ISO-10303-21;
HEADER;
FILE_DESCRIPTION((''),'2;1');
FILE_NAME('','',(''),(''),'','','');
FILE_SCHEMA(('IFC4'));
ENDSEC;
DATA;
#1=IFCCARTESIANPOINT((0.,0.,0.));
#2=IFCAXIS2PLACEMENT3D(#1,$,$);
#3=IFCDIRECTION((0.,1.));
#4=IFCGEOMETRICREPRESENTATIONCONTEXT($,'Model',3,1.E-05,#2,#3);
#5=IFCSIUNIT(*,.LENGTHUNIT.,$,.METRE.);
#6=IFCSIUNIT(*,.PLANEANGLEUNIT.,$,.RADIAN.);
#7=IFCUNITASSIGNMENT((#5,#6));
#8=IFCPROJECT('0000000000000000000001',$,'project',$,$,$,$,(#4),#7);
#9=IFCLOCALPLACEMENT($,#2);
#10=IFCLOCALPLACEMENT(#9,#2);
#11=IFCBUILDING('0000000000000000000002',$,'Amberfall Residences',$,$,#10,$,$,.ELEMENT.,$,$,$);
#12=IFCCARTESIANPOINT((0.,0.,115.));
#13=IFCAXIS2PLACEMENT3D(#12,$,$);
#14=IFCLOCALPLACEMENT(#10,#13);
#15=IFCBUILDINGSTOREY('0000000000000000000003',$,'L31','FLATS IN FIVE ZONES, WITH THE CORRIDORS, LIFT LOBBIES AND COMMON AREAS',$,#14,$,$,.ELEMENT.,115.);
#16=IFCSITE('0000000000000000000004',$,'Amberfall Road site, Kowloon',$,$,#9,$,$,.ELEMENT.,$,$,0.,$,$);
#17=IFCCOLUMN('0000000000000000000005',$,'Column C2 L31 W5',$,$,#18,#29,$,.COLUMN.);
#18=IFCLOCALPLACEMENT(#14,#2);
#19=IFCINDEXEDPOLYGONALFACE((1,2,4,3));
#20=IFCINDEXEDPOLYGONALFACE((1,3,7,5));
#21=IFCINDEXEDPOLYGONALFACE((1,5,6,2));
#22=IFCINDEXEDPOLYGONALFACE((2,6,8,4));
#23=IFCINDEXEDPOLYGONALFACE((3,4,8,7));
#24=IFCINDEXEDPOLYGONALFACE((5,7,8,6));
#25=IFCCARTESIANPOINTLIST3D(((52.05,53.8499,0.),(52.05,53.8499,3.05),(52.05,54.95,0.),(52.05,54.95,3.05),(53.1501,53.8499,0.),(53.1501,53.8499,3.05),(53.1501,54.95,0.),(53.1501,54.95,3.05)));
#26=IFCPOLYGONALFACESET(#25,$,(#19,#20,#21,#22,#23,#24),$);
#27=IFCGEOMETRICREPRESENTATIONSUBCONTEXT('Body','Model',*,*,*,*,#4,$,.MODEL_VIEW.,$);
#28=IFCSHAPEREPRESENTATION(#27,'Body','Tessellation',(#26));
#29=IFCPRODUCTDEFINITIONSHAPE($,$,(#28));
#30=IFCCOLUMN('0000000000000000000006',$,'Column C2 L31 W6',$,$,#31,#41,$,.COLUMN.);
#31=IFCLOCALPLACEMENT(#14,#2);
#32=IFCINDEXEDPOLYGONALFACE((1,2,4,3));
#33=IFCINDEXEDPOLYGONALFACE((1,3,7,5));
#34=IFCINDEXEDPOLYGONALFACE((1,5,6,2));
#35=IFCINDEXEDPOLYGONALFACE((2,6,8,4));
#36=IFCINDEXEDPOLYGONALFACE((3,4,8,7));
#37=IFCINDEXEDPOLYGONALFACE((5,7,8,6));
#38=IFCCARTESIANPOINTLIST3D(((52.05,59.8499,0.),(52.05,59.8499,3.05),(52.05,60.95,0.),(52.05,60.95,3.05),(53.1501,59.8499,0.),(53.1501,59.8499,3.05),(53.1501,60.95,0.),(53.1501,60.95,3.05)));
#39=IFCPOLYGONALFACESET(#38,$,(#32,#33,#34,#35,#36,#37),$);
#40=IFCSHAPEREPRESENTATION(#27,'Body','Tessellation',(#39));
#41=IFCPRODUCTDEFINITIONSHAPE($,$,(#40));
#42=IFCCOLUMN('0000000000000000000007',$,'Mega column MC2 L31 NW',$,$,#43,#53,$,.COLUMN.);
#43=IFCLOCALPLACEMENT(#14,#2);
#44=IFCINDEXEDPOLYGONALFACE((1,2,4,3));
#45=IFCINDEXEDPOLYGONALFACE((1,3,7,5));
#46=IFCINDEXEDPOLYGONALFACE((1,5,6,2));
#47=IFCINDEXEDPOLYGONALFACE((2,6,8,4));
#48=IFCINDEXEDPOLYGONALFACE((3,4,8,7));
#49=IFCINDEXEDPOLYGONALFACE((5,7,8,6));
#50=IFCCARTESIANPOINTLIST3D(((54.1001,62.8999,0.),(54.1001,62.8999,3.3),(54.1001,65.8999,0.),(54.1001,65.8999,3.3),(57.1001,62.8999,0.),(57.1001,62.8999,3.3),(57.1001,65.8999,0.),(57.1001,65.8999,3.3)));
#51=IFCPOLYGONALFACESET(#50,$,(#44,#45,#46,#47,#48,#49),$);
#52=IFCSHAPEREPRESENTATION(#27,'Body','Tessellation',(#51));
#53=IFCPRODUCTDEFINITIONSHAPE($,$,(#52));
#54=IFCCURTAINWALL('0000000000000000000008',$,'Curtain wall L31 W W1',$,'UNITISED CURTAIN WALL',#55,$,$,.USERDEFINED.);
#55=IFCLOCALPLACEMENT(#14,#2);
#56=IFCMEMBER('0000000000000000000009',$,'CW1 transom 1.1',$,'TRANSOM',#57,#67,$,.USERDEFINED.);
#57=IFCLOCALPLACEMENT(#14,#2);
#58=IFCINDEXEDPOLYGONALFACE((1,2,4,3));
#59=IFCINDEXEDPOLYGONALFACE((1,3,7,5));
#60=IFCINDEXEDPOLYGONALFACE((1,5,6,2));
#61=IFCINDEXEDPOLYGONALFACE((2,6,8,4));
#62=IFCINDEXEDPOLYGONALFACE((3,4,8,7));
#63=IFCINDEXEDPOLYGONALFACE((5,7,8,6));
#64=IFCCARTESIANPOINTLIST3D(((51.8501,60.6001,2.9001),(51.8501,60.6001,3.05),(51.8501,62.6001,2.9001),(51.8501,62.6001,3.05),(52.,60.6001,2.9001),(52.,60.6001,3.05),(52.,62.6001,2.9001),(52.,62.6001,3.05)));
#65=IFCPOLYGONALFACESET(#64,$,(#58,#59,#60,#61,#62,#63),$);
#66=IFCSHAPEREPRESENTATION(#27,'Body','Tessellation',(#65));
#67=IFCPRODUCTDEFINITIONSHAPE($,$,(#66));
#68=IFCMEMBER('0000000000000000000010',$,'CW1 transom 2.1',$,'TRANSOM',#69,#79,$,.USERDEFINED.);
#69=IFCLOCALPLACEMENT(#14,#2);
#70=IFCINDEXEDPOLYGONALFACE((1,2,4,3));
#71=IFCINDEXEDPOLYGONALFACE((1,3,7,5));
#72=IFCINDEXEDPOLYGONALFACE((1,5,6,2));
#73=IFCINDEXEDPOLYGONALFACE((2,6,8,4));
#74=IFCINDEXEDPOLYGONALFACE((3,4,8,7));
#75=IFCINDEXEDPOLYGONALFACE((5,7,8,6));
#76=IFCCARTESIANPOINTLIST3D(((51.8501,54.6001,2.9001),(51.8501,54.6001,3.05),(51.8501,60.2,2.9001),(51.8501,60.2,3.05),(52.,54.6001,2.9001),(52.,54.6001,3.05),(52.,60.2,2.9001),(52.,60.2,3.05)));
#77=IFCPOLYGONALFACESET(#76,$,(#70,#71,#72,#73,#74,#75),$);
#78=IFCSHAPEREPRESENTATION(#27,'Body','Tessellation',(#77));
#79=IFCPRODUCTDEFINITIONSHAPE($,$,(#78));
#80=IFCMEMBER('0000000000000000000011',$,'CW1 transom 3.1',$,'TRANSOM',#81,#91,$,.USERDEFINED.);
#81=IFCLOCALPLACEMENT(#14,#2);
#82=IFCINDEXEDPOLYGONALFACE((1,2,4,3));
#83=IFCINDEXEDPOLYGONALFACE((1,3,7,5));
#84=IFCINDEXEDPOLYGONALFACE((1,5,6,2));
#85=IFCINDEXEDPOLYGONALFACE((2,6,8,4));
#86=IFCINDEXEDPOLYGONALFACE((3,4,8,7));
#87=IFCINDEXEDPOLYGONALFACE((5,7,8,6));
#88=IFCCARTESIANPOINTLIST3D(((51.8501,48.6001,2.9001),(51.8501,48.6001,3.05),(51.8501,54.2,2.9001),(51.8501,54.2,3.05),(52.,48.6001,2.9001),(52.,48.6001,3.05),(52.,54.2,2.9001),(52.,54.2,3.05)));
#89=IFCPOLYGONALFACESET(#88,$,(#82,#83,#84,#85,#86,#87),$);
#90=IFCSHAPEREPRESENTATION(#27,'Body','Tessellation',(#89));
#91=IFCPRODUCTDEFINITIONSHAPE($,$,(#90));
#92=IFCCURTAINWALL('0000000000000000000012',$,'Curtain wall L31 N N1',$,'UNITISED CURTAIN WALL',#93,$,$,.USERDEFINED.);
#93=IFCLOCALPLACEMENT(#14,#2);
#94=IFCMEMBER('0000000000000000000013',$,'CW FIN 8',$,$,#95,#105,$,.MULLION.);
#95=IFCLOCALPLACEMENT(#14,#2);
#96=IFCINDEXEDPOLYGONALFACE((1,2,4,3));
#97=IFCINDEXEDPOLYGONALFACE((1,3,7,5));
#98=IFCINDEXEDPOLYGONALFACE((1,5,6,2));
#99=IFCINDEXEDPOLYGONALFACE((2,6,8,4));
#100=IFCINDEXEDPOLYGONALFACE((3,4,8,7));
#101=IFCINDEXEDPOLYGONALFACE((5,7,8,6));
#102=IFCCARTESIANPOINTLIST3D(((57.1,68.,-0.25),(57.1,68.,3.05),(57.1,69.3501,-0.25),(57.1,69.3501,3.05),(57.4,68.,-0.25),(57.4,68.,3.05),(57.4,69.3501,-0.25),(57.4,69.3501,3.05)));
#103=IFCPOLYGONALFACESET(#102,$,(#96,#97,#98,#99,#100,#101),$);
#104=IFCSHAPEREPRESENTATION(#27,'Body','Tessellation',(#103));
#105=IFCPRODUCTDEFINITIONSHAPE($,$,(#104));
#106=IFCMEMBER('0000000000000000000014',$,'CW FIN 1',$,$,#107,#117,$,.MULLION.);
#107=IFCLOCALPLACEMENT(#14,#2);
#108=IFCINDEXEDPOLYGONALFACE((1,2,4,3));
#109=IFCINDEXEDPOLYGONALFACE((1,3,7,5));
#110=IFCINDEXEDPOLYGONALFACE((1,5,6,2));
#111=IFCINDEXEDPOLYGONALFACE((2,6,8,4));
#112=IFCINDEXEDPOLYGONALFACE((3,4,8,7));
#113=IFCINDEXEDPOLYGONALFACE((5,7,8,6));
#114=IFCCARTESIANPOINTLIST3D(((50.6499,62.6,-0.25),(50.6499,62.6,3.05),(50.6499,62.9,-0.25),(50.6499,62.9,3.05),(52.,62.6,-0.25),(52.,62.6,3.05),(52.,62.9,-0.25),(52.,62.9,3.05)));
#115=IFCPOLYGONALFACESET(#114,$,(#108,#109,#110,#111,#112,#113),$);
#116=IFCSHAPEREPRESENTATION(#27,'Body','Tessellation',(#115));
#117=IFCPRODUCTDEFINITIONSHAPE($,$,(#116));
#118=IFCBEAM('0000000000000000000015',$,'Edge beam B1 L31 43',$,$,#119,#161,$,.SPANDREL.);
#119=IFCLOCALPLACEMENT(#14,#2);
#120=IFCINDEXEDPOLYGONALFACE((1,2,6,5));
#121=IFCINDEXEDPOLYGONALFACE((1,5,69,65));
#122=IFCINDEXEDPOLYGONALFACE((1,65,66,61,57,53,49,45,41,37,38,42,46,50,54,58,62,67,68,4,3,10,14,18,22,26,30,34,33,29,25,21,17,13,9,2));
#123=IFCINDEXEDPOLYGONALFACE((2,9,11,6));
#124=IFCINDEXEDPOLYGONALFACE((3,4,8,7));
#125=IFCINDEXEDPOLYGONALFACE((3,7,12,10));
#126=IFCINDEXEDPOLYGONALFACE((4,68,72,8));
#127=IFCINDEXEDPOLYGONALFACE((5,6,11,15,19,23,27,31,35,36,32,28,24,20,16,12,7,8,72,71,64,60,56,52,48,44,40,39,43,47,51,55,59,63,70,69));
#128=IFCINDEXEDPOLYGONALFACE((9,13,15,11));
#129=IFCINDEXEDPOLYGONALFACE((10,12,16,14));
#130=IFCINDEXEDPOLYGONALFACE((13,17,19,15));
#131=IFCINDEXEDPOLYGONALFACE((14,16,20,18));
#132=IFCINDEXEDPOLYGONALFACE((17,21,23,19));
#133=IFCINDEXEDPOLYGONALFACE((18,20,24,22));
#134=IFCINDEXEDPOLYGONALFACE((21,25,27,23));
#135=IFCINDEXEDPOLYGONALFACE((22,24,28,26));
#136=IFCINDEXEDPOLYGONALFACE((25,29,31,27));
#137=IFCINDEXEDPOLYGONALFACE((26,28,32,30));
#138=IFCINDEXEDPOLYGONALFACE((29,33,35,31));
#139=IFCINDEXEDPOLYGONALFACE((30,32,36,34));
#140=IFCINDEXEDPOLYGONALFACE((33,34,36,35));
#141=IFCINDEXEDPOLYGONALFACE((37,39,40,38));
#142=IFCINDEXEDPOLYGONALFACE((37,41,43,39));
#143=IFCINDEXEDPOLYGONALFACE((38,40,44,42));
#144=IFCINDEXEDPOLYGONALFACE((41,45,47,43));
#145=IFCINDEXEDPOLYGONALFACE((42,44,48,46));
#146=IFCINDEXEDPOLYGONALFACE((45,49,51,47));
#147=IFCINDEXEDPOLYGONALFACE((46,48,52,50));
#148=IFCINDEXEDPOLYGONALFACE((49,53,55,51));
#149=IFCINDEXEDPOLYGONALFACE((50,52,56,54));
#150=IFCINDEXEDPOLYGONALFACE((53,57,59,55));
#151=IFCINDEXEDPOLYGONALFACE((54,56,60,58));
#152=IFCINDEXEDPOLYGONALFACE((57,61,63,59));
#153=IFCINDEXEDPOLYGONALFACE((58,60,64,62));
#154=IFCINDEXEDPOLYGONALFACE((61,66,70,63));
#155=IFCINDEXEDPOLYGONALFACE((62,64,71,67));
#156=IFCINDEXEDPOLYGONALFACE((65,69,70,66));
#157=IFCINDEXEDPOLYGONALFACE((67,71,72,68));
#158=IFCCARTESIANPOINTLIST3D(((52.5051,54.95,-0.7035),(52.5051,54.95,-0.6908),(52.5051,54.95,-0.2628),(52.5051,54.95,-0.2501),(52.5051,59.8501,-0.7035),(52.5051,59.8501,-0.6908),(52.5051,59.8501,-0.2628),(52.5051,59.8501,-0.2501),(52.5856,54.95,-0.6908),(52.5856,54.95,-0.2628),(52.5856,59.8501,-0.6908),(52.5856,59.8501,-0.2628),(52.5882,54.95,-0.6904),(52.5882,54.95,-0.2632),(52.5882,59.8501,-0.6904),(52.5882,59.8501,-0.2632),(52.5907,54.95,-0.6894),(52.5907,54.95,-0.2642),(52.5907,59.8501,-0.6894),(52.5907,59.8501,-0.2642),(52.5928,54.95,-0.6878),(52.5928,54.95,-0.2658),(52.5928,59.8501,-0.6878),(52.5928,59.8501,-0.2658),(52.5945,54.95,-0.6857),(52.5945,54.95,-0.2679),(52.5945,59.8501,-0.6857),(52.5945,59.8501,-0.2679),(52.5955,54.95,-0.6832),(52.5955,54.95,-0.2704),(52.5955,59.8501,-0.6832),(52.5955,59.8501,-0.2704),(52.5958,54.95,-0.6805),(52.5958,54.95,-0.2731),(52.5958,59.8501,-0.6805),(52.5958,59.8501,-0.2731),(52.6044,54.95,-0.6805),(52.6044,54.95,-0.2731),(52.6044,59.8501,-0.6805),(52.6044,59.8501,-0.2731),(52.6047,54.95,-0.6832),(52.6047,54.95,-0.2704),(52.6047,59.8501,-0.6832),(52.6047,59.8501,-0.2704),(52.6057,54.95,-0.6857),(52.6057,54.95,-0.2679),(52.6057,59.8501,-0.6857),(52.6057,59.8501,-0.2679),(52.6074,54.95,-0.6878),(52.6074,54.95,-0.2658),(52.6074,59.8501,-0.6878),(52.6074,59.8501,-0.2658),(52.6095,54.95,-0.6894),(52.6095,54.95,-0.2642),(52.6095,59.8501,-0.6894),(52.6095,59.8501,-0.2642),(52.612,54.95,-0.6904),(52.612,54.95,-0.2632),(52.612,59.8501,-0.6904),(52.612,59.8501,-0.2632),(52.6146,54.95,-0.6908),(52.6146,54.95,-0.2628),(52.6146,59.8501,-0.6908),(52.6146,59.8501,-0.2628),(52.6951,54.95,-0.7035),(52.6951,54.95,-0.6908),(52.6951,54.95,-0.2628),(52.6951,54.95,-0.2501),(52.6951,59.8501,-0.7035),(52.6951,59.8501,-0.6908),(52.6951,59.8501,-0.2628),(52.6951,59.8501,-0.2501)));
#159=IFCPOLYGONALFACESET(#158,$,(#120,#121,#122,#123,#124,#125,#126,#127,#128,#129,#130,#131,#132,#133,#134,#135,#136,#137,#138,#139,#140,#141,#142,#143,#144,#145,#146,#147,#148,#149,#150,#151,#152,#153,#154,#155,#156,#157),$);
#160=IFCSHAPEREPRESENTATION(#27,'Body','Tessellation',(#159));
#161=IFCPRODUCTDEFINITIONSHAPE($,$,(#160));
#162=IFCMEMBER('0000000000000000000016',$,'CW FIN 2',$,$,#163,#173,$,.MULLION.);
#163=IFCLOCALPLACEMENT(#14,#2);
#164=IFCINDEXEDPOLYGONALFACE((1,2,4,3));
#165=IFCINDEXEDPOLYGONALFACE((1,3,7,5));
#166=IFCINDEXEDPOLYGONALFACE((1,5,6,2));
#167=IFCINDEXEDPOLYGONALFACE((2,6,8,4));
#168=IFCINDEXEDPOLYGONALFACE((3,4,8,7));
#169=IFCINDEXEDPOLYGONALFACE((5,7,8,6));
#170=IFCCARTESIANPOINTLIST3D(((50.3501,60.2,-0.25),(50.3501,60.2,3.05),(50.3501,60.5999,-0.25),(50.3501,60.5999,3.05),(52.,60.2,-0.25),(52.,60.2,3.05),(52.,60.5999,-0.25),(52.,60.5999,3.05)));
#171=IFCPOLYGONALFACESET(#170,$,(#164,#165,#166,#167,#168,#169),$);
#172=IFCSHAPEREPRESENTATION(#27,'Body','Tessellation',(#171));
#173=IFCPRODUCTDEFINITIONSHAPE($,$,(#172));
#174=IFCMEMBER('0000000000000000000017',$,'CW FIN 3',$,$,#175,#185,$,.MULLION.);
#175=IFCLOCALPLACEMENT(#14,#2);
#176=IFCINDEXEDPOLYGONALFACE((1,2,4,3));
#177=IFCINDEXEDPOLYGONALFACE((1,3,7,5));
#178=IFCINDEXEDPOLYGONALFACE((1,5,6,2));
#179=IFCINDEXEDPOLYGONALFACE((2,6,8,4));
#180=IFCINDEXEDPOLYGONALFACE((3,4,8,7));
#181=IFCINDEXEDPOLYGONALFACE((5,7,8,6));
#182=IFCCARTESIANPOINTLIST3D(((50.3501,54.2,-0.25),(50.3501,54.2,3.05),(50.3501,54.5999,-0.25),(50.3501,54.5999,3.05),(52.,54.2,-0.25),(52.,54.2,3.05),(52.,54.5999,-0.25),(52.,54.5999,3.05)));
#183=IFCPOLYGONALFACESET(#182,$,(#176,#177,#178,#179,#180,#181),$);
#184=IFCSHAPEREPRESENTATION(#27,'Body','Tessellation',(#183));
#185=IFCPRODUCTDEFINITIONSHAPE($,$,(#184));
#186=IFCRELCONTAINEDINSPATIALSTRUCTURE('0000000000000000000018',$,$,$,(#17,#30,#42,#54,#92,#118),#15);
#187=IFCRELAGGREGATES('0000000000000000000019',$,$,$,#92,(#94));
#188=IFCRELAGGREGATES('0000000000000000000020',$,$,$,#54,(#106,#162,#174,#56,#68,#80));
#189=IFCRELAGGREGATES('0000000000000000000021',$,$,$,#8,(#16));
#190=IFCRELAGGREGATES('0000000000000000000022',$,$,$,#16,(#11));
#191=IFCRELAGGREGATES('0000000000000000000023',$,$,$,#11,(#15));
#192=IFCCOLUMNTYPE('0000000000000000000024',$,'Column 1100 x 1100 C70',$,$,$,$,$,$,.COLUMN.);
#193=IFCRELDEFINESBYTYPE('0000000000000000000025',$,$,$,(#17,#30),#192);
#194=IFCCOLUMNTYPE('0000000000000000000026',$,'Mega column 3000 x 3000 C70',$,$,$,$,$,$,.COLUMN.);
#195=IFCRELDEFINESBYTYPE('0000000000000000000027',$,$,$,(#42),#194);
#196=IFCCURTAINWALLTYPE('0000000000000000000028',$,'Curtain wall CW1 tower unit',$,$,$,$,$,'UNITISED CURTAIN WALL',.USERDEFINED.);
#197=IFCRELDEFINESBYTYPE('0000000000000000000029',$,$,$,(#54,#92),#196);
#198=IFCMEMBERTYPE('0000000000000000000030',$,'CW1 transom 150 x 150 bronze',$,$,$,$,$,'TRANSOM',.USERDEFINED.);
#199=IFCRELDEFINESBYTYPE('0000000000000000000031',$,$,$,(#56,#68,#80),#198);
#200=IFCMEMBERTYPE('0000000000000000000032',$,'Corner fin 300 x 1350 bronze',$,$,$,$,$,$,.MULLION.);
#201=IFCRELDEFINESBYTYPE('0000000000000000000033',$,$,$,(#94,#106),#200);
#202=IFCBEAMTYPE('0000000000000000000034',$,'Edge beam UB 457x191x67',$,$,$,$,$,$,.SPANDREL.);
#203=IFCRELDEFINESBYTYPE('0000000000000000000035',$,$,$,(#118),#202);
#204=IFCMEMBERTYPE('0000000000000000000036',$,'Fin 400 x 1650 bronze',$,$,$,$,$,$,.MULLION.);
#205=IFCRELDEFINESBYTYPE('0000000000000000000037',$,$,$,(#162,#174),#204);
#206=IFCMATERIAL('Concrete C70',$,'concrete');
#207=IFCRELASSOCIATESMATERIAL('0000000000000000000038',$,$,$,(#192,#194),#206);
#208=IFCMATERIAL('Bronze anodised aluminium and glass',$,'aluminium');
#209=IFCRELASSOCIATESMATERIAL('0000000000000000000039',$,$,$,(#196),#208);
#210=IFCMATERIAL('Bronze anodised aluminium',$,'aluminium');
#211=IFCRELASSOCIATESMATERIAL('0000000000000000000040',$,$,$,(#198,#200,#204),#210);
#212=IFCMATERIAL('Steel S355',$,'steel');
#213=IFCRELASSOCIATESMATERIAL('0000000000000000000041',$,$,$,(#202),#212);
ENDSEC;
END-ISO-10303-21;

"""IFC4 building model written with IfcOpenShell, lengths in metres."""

from ifc_helpers import new_model, si_unit, direction, frame, origin, origin_2d, place, context, subcontext, project, spatial, rectangle, i_section, extrude, material, material_profile, profile_set, type_object, element, aggregate, save


model = new_model("IFC4")

# Units and contexts
model_context = context("Model", 3, precision=1e-05, world=origin(), true_north=direction((0.0, 1.0)))
body_context = subcontext(model_context, "Body", "Model", "MODEL_VIEW")
ifc_project = project(units=[si_unit("LENGTHUNIT", "METRE"), si_unit("PLANEANGLEUNIT", "RADIAN")], contexts=[model_context])

# Site, building, storey
site_placement = place(None, origin())
site = spatial("IfcSite", under=ifc_project, at=site_placement, Name="Amberfall Road site, Kowloon", CompositionType="ELEMENT", RefElevation=0.0)
building_placement = place(site_placement, origin())
building = spatial("IfcBuilding", under=site, at=building_placement, Name="Amberfall Residences", CompositionType="ELEMENT")
storey_placement = place(building_placement, frame((0.0, 0.0, 115.0)))
storey = spatial("IfcBuildingStorey", under=building, at=storey_placement, Name="L31", Description="FLATS IN FIVE ZONES, WITH THE CORRIDORS, LIFT LOBBIES AND COMMON AREAS", CompositionType="ELEMENT", Elevation=115.0)

# Columns
ifc_material_1 = material(Name="Concrete C70", Category="concrete")
ifc_material_profile_1 = material_profile(ifc_material_1, rectangle(XDim=1.1001, YDim=1.1001, at=origin_2d()), Name="Column 1100 x 1100 C70")
ifc_profile_set_1 = profile_set([ifc_material_profile_1], Name="Concrete C70")
column_type_1 = type_object("IfcColumnType", Name="Column 1100 x 1100 C70", PredefinedType="COLUMN", material=ifc_profile_set_1)
for number, where, z_axis, x_axis, name in (
    (1, (52.6001, 54.3999, 0.0), (0.0, 0.0, 1.0), (1.0, 0.0, 0.0), "Column C2 L31 W5"),
    (2, (52.6001, 60.3999, 0.0), (0.0, 0.0, 1.0), (1.0, 0.0, 0.0), "Column C2 L31 W6"),
):
    element("IfcColumn", number, at=place(storey_placement, frame(where, z_axis=z_axis, x_axis=x_axis)), inside=storey, type_object=column_type_1, Name=name, PredefinedType="COLUMN", context=body_context, shape_type="SweptSolid", body=[
        extrude(rectangle(XDim=1.1001, YDim=1.1001, at=origin_2d()), origin(), (0.0, 0.0, 1.0), 3.05),
    ])
ifc_material_profile_2 = material_profile(ifc_material_1, rectangle(XDim=3.0, YDim=3.0, at=origin_2d()), Name="Mega column 3000 x 3000 C70")
ifc_profile_set_2 = profile_set([ifc_material_profile_2], Name="Concrete C70")
column_type_2 = type_object("IfcColumnType", Name="Mega column 3000 x 3000 C70", PredefinedType="COLUMN", material=ifc_profile_set_2)
column_placement = place(storey_placement, frame((55.6001, 64.3999, 0.0), z_axis=(0.0, 0.0, 1.0), x_axis=(1.0, 0.0, 0.0)))
element("IfcColumn", 3, at=column_placement, inside=storey, type_object=column_type_2, Name="Mega column MC2 L31 NW", PredefinedType="COLUMN", context=body_context, shape_type="SweptSolid", body=[
    extrude(rectangle(XDim=3.0, YDim=3.0, at=origin_2d()), origin(), (0.0, 0.0, 1.0), 3.3),
])

# Curtain wall, members
ifc_material_2 = material(Name="Bronze anodised aluminium and glass", Category="aluminium")
curtain_wall_type = type_object("IfcCurtainWallType", Name="Curtain wall CW1 tower unit", ElementType="UNITISED CURTAIN WALL", PredefinedType="USERDEFINED", material=ifc_material_2)
curtain_wall_1_placement = place(storey_placement, origin())
curtain_wall_1 = element("IfcCurtainWall", 4, at=curtain_wall_1_placement, inside=storey, type_object=curtain_wall_type, Name="Curtain wall L31 W W1", ObjectType="UNITISED CURTAIN WALL", PredefinedType="USERDEFINED")
ifc_material_3 = material(Name="Bronze anodised aluminium", Category="aluminium")
ifc_material_profile_3 = material_profile(ifc_material_3, rectangle(XDim=0.1499, YDim=0.1499, at=origin_2d()), Name="CW1 transom 150 x 150 bronze")
ifc_profile_set_3 = profile_set([ifc_material_profile_3], Name="Bronze anodised aluminium")
member_type_1 = type_object("IfcMemberType", Name="CW1 transom 150 x 150 bronze", ElementType="TRANSOM", PredefinedType="USERDEFINED", material=ifc_profile_set_3)
member_1_placement = place(storey_placement, frame((51.925, 62.6001, 2.9751), z_axis=(0.0, -1.0, 0.0), x_axis=(1.0, 0.0, 0.0)))
member_1 = element("IfcMember", 5, at=member_1_placement, type_object=member_type_1, Name="CW1 transom 1.1", ObjectType="TRANSOM", PredefinedType="USERDEFINED", context=body_context, shape_type="SweptSolid", body=[
    extrude(rectangle(XDim=0.1499, YDim=0.1499, at=origin_2d()), origin(), (0.0, 0.0, 1.0), 2.0),
])
member_2_placement = place(storey_placement, frame((51.925, 60.2, 2.9751), z_axis=(0.0, -1.0, 0.0), x_axis=(1.0, 0.0, 0.0)))
member_2 = element("IfcMember", 6, at=member_2_placement, type_object=member_type_1, Name="CW1 transom 2.1", ObjectType="TRANSOM", PredefinedType="USERDEFINED", context=body_context, shape_type="SweptSolid", body=[
    extrude(rectangle(XDim=0.1499, YDim=0.1499, at=origin_2d()), origin(), (0.0, 0.0, 1.0), 5.5999),
])
member_3_placement = place(storey_placement, frame((51.925, 54.2, 2.9751), z_axis=(0.0, -1.0, 0.0), x_axis=(1.0, 0.0, 0.0)))
member_3 = element("IfcMember", 7, at=member_3_placement, type_object=member_type_1, Name="CW1 transom 3.1", ObjectType="TRANSOM", PredefinedType="USERDEFINED", context=body_context, shape_type="SweptSolid", body=[
    extrude(rectangle(XDim=0.1499, YDim=0.1499, at=origin_2d()), origin(), (0.0, 0.0, 1.0), 5.5999),
])

# Curtain wall, member
curtain_wall_2_placement = place(storey_placement, origin())
curtain_wall_2 = element("IfcCurtainWall", 8, at=curtain_wall_2_placement, inside=storey, type_object=curtain_wall_type, Name="Curtain wall L31 N N1", ObjectType="UNITISED CURTAIN WALL", PredefinedType="USERDEFINED")
ifc_material_profile_4 = material_profile(ifc_material_3, rectangle(XDim=1.3501, YDim=0.3, at=origin_2d()), Name="Corner fin 300 x 1350 bronze")
ifc_profile_set_4 = profile_set([ifc_material_profile_4], Name="Bronze anodised aluminium")
member_type_2 = type_object("IfcMemberType", Name="Corner fin 300 x 1350 bronze", PredefinedType="MULLION", material=ifc_profile_set_4)
member_4_placement = place(storey_placement, frame((57.25, 68.675, -0.25), z_axis=(0.0, 0.0, 1.0), x_axis=(0.0, -1.0, 0.0)))
member_4 = element("IfcMember", 9, at=member_4_placement, type_object=member_type_2, Name="CW FIN 8", PredefinedType="MULLION", context=body_context, shape_type="SweptSolid", body=[
    extrude(rectangle(XDim=1.3501, YDim=0.3, at=origin_2d()), origin(), (0.0, 0.0, 1.0), 3.3),
])

# Member
member_5_placement = place(storey_placement, frame((51.325, 62.75, -0.25), z_axis=(0.0, 0.0, 1.0), x_axis=(1.0, 0.0, 0.0)))
member_5 = element("IfcMember", 10, at=member_5_placement, type_object=member_type_2, Name="CW FIN 1", PredefinedType="MULLION", context=body_context, shape_type="SweptSolid", body=[
    extrude(rectangle(XDim=1.3501, YDim=0.3, at=origin_2d()), origin(), (0.0, 0.0, 1.0), 3.3),
])

# Beam
ifc_material_4 = material(Name="Steel S355", Category="steel")
ifc_material_profile_5 = material_profile(ifc_material_4, i_section(OverallWidth=0.1899, OverallDepth=0.4534, WebThickness=0.0085, FlangeThickness=0.0127, FilletRadius=0.0103, at=origin_2d()), Name="UB 457x191x67")
ifc_profile_set_5 = profile_set([ifc_material_profile_5], Name="Steel S355")
beam_type_1 = type_object("IfcBeamType", Name="Edge beam UB 457x191x67", PredefinedType="SPANDREL", material=ifc_profile_set_5)
beam_1_placement = place(storey_placement, frame((52.6001, 54.95, -0.4768), z_axis=(0.0, 1.0, 0.0), x_axis=(-1.0, 0.0, 0.0)))
element("IfcBeam", 11, at=beam_1_placement, inside=storey, type_object=beam_type_1, Name="Edge beam B1 L31 43", PredefinedType="SPANDREL", context=body_context, shape_type="SweptSolid", body=[
    extrude(i_section(OverallWidth=0.1899, OverallDepth=0.4534, WebThickness=0.0085, FlangeThickness=0.0127, FilletRadius=0.0103, at=origin_2d()), origin(), (0.0, 0.0, 1.0), 4.9001),
])

# Members
ifc_material_profile_6 = material_profile(ifc_material_3, rectangle(XDim=1.6499, YDim=0.3999, at=origin_2d()), Name="Fin 400 x 1650 bronze")
ifc_profile_set_6 = profile_set([ifc_material_profile_6], Name="Bronze anodised aluminium")
member_type_3 = type_object("IfcMemberType", Name="Fin 400 x 1650 bronze", PredefinedType="MULLION", material=ifc_profile_set_6)
member_6_placement = place(storey_placement, frame((51.175, 60.3999, -0.25), z_axis=(0.0, 0.0, 1.0), x_axis=(1.0, 0.0, 0.0)))
member_6 = element("IfcMember", 12, at=member_6_placement, type_object=member_type_3, Name="CW FIN 2", PredefinedType="MULLION", context=body_context, shape_type="SweptSolid", body=[
    extrude(rectangle(XDim=1.6499, YDim=0.3999, at=origin_2d()), origin(), (0.0, 0.0, 1.0), 3.3),
])
member_7_placement = place(storey_placement, frame((51.175, 54.3999, -0.25), z_axis=(0.0, 0.0, 1.0), x_axis=(1.0, 0.0, 0.0)))
member_7 = element("IfcMember", 13, at=member_7_placement, type_object=member_type_3, Name="CW FIN 3", PredefinedType="MULLION", context=body_context, shape_type="SweptSolid", body=[
    extrude(rectangle(XDim=1.6499, YDim=0.3999, at=origin_2d()), origin(), (0.0, 0.0, 1.0), 3.3),
])

aggregate(curtain_wall_2, [member_4])
aggregate(curtain_wall_1, [member_5, member_6, member_7, member_1, member_2, member_3])

save(model, "model.ifc")
